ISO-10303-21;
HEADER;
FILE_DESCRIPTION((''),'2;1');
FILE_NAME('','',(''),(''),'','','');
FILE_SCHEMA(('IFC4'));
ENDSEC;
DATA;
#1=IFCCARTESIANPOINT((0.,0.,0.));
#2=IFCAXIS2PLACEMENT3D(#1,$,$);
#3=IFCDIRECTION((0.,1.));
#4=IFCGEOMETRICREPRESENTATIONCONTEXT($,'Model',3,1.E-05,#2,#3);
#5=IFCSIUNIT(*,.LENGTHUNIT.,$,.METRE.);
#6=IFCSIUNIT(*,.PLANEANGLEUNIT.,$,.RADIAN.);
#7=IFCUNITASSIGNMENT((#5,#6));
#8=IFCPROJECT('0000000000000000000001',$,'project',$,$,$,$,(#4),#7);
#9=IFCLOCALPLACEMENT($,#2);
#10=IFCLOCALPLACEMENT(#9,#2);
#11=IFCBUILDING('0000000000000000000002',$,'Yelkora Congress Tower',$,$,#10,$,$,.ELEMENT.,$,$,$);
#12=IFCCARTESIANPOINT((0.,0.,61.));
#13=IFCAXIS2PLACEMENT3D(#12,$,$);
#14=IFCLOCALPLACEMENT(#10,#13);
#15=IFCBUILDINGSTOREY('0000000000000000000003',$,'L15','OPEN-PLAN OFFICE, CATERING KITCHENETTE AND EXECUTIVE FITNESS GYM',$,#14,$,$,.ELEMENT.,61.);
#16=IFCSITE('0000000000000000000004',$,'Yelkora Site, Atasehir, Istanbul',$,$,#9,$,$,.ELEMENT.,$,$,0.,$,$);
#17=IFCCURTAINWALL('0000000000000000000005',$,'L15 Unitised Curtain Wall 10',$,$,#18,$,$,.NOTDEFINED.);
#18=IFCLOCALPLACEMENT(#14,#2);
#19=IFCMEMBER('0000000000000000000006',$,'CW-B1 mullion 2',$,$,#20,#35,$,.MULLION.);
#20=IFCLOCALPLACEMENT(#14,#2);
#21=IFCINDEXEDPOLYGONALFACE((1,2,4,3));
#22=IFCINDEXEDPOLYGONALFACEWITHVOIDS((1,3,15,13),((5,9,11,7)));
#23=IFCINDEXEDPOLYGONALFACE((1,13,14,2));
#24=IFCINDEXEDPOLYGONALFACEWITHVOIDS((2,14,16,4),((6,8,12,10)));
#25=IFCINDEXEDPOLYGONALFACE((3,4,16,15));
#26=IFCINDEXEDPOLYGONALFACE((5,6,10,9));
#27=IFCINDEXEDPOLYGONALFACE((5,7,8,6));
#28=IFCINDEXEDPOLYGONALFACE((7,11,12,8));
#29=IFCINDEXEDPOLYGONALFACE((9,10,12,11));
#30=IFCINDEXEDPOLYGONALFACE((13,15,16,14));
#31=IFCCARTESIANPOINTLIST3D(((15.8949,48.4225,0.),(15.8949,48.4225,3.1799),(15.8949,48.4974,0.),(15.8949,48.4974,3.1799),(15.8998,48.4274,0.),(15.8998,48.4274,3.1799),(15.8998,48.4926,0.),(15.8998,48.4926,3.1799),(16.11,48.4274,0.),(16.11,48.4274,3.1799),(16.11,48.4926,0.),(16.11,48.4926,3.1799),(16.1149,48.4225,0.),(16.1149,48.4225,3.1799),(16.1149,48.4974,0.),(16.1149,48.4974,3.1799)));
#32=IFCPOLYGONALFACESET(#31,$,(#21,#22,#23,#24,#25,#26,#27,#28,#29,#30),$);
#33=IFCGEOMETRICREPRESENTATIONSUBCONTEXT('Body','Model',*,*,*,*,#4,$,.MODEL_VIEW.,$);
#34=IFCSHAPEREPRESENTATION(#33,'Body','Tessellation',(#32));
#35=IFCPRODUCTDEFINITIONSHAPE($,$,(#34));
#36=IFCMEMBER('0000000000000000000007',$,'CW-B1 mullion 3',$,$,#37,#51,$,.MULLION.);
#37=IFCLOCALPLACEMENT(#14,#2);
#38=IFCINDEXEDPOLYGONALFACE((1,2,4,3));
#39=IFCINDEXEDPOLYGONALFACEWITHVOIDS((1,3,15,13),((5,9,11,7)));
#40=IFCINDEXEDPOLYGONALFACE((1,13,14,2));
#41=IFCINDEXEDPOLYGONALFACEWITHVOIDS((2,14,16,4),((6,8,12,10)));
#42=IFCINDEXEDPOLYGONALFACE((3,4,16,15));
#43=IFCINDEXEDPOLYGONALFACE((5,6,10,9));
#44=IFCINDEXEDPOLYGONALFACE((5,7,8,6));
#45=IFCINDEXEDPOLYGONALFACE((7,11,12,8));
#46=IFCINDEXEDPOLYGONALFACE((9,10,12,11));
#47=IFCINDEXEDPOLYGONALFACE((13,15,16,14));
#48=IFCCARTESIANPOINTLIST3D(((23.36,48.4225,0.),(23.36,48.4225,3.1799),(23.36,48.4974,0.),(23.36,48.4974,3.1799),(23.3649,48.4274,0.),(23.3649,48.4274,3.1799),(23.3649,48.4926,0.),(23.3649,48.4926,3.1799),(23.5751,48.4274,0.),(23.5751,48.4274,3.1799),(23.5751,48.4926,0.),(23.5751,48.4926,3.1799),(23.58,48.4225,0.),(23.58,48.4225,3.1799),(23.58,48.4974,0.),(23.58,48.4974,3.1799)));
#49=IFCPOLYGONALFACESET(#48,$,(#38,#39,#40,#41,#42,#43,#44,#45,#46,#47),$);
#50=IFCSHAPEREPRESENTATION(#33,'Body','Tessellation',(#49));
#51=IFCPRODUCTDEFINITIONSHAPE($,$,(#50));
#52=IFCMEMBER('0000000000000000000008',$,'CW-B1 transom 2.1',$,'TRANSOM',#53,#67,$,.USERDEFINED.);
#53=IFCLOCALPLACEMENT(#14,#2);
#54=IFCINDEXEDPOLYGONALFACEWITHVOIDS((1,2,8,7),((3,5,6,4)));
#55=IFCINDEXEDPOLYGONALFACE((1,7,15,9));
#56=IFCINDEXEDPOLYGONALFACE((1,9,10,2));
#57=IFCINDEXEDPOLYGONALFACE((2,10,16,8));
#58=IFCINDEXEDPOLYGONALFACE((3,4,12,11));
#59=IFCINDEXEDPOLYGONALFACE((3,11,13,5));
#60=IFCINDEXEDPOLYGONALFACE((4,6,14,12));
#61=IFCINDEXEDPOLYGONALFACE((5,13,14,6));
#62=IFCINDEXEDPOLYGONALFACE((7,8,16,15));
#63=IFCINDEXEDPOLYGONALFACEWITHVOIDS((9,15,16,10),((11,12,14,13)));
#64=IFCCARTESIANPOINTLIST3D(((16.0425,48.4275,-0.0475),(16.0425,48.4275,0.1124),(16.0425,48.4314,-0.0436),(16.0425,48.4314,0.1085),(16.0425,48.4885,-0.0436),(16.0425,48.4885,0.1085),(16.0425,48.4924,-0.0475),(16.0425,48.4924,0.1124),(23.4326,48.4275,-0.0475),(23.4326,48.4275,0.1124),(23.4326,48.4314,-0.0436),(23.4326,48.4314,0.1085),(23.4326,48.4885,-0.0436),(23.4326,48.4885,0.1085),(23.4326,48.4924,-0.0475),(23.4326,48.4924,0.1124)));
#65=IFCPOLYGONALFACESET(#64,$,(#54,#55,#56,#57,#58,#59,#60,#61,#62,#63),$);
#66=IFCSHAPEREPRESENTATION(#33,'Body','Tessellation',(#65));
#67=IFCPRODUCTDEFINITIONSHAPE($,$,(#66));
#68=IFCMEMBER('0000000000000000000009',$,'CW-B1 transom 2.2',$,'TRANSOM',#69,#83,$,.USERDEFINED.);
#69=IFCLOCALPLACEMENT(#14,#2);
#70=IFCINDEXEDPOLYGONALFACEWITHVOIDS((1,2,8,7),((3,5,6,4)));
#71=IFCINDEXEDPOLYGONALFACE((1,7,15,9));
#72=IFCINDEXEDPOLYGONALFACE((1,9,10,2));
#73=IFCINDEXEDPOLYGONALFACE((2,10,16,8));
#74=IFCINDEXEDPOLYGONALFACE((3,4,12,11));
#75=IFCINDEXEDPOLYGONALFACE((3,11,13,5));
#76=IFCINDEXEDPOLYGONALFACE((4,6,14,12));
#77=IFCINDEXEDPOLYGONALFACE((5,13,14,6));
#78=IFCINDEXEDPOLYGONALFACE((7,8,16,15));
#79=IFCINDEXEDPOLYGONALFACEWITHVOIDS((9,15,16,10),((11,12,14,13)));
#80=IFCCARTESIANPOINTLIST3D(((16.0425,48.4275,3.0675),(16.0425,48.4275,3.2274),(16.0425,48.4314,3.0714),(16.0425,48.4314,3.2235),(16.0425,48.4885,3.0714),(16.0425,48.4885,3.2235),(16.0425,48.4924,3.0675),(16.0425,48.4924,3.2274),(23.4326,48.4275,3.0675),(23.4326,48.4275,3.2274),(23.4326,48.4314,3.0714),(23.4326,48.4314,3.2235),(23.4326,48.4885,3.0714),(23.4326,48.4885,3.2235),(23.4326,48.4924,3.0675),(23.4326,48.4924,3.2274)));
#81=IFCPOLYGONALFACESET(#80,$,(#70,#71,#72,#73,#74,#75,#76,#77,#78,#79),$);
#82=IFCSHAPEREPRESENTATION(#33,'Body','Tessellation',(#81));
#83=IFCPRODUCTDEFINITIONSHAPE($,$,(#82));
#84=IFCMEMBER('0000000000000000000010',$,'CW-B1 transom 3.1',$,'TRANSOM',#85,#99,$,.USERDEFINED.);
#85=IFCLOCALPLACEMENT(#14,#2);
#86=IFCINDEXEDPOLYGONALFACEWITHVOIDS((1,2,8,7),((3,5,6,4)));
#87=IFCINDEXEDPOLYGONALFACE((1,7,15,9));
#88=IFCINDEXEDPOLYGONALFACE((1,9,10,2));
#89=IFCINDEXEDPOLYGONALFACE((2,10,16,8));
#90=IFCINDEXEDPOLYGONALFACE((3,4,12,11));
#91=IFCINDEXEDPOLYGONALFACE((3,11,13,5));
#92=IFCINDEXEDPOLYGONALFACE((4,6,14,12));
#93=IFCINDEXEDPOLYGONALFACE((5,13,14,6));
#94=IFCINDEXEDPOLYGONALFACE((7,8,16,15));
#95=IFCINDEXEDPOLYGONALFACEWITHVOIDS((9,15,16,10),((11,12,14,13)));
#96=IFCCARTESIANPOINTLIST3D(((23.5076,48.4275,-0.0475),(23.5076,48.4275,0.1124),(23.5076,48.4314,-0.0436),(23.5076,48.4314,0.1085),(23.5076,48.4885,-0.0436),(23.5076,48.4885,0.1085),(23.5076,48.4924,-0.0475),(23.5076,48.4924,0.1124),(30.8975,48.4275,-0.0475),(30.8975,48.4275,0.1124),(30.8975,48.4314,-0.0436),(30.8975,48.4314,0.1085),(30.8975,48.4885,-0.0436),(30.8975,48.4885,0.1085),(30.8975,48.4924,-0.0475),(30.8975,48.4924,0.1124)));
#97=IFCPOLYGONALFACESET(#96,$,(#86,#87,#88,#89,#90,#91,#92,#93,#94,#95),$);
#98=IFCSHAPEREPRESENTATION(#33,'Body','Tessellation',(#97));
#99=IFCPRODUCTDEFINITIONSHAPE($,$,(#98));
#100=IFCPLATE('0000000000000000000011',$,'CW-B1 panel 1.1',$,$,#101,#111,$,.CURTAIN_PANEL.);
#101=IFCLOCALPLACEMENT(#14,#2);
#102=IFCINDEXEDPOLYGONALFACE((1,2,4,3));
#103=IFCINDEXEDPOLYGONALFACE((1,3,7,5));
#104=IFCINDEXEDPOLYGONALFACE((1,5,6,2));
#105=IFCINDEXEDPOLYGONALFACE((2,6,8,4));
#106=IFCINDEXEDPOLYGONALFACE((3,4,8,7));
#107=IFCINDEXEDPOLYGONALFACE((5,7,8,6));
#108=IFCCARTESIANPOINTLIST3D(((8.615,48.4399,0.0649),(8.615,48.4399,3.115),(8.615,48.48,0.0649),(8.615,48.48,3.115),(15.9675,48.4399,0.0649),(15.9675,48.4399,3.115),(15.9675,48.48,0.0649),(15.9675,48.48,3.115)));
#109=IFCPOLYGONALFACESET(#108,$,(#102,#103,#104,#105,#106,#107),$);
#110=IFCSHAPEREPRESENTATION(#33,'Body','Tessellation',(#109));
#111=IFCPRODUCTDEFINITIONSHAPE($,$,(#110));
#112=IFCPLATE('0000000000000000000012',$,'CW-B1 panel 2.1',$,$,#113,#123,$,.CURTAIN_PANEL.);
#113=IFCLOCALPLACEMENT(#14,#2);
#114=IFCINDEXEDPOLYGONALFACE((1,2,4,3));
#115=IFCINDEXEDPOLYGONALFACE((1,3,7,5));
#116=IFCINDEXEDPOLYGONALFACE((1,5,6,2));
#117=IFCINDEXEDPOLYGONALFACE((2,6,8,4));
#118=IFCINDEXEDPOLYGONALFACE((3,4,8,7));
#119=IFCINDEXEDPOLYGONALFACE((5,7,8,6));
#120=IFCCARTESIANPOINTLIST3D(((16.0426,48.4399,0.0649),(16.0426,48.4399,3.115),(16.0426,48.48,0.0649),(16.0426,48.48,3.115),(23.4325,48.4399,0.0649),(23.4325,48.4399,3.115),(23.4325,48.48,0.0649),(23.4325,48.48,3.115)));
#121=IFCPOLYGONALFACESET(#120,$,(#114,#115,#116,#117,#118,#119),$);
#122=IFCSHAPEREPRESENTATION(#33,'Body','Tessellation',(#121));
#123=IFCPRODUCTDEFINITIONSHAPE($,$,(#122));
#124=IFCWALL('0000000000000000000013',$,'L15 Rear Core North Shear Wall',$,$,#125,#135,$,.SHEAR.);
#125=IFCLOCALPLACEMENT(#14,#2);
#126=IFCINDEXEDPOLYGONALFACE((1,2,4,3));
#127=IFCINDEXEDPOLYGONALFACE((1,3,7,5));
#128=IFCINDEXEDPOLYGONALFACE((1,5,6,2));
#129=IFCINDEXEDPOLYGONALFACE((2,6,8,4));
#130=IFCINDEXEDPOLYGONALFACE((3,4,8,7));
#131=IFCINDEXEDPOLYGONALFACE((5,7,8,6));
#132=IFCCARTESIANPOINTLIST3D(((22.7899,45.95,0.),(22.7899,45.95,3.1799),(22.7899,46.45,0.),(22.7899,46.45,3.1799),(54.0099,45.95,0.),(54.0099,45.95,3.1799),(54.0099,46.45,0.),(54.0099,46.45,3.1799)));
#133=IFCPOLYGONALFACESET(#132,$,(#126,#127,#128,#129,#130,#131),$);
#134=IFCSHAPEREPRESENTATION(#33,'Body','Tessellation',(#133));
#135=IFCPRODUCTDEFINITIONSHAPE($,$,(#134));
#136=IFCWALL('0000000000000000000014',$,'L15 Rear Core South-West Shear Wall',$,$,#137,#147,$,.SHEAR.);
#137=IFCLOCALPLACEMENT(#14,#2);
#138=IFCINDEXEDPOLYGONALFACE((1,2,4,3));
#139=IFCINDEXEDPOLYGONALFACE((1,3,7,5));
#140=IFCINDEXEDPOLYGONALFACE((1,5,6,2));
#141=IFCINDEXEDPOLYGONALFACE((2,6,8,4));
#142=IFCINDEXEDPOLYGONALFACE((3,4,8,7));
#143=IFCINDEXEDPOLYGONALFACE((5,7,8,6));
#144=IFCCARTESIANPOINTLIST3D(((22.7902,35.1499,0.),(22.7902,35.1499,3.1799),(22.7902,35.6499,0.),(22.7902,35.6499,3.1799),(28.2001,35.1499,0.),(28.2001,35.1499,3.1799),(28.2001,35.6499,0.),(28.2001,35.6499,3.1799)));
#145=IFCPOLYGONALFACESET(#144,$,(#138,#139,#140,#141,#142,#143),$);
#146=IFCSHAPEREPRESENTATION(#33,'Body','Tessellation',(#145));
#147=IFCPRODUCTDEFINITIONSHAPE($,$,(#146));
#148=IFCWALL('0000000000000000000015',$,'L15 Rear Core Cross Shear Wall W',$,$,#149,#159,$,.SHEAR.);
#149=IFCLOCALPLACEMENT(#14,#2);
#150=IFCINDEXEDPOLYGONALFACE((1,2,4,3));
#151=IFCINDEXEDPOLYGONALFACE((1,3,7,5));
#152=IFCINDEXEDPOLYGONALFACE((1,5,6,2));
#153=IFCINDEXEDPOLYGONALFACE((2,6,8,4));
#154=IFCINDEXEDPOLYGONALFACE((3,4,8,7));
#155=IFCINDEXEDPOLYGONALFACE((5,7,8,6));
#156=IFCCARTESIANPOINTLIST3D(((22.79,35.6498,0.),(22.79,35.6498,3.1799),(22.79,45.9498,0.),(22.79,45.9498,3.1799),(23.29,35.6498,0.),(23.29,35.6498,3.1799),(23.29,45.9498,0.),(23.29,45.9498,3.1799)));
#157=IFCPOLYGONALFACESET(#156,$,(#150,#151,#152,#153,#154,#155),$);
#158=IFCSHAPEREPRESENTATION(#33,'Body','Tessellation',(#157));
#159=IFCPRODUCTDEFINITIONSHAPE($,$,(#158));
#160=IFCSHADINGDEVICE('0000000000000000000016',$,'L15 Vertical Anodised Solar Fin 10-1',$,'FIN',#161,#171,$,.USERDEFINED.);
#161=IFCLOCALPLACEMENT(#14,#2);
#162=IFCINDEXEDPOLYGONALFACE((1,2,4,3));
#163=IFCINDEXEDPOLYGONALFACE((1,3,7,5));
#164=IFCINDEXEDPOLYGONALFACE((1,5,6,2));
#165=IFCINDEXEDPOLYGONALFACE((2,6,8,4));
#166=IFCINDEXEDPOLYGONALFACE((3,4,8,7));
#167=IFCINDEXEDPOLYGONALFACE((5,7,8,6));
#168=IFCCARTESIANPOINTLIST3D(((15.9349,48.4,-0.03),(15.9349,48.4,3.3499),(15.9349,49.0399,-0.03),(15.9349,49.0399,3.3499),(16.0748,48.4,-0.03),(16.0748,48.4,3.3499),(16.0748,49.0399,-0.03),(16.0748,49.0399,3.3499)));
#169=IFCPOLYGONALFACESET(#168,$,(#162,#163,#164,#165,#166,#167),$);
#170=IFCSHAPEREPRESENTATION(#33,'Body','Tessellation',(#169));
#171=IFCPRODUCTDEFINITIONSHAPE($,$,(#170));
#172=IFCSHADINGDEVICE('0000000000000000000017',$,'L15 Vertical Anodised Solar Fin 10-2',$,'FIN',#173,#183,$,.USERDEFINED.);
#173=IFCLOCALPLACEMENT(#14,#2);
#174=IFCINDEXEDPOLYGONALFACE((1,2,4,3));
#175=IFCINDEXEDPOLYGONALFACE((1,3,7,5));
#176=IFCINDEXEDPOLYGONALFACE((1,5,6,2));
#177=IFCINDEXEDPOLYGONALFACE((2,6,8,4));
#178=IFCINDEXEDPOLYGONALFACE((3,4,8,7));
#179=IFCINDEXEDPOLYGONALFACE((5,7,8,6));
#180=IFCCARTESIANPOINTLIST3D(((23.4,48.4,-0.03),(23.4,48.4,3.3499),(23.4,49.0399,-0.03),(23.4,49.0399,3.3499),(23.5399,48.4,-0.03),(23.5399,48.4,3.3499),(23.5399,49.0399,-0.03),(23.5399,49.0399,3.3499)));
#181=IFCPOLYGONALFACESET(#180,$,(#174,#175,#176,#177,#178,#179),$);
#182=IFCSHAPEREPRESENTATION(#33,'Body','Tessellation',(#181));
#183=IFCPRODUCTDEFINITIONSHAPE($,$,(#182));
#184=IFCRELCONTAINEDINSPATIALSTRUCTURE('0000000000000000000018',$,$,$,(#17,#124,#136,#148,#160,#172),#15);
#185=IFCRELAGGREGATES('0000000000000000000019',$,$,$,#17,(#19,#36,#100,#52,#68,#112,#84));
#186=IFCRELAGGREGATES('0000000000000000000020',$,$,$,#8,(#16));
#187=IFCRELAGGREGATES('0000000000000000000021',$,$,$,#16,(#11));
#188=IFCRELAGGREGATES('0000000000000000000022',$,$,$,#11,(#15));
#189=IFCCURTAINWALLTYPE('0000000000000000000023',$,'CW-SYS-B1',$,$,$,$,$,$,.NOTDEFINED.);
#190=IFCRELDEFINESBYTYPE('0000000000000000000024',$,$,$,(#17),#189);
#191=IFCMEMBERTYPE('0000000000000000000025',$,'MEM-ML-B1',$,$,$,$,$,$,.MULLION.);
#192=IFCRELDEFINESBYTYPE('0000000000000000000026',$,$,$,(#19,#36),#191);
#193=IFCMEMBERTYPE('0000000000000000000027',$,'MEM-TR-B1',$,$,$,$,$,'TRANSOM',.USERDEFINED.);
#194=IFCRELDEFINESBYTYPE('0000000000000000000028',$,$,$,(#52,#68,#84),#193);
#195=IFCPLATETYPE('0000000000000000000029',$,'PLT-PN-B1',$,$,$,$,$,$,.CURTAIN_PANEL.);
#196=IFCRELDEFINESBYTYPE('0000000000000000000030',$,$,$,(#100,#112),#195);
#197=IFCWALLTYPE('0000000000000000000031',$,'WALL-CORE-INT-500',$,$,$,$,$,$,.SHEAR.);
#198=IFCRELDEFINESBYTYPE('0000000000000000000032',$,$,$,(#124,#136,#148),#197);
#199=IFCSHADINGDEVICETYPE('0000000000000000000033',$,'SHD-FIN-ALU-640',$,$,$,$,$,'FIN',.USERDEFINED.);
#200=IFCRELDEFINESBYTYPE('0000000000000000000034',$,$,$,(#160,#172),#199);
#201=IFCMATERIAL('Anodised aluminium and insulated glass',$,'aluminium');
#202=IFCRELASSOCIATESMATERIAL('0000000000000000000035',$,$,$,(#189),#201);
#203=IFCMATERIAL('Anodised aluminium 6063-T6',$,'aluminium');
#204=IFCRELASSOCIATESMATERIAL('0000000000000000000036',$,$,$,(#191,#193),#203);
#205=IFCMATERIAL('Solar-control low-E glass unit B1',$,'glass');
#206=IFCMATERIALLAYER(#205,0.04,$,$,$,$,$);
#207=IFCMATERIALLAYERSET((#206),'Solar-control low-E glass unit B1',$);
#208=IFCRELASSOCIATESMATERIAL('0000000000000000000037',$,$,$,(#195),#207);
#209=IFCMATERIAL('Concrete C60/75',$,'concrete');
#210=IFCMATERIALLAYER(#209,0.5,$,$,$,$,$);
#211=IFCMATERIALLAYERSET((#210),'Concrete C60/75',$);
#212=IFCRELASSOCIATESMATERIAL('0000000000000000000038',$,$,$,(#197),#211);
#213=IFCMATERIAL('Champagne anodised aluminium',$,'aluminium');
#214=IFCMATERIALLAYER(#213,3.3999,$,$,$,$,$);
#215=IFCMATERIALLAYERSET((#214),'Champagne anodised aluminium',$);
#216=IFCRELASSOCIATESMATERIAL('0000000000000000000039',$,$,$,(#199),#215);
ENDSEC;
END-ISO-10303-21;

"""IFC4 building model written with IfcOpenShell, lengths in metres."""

from ifc_helpers import new_model, si_unit, direction, frame, frame_2d, origin, origin_2d, place, context, subcontext, project, spatial, rectangle, hollow_rectangle, extrude, material, layer, layer_set, material_profile, profile_set, type_object, element, aggregate, save


model = new_model("IFC4")

# Units and contexts
model_context = context("Model", 3, precision=1e-05, world=origin(), true_north=direction((0.0, 1.0)))
body_context = subcontext(model_context, "Body", "Model", "MODEL_VIEW")
ifc_project = project(units=[si_unit("LENGTHUNIT", "METRE"), si_unit("PLANEANGLEUNIT", "RADIAN")], contexts=[model_context])

# Site, building, storey
site_placement = place(None, origin())
site = spatial("IfcSite", under=ifc_project, at=site_placement, Name="Yelkora Site, Atasehir, Istanbul", CompositionType="ELEMENT", RefElevation=0.0)
building_placement = place(site_placement, origin())
building = spatial("IfcBuilding", under=site, at=building_placement, Name="Yelkora Congress Tower", CompositionType="ELEMENT")
storey_placement = place(building_placement, frame((0.0, 0.0, 61.0)))
storey = spatial("IfcBuildingStorey", under=building, at=storey_placement, Name="L15", Description="OPEN-PLAN OFFICE, CATERING KITCHENETTE AND EXECUTIVE FITNESS GYM", CompositionType="ELEMENT", Elevation=61.0)

# Shared definitions
ifc_material_1 = material(Name="Concrete C60/75", Category="concrete")

# Curtain wall, members, plates
ifc_material_2 = material(Name="Anodised aluminium and insulated glass", Category="aluminium")
curtain_wall_type = type_object("IfcCurtainWallType", Name="CW-SYS-B1", PredefinedType="NOTDEFINED", material=ifc_material_2)
curtain_wall_placement = place(storey_placement, origin())
curtain_wall = element("IfcCurtainWall", 1, at=curtain_wall_placement, inside=storey, type_object=curtain_wall_type, Name="L15 Unitised Curtain Wall 10", PredefinedType="NOTDEFINED")
ifc_material_3 = material(Name="Anodised aluminium 6063-T6", Category="aluminium")
ifc_material_profile_1 = material_profile(ifc_material_3, hollow_rectangle(XDim=0.075, YDim=0.22, WallThickness=0.0049, at=origin_2d()), Name="ALU 75x220x5")
ifc_profile_set_1 = profile_set([ifc_material_profile_1], Name="Anodised aluminium 6063-T6")
member_type_1 = type_object("IfcMemberType", Name="MEM-ML-B1", PredefinedType="MULLION", material=ifc_profile_set_1)
member_1_placement = place(storey_placement, frame((16.0049, 48.46, 0.0), z_axis=(0.0, 0.0, 1.0), x_axis=(0.0, 1.0, 0.0)))
member_1 = element("IfcMember", 2, at=member_1_placement, type_object=member_type_1, Name="CW-B1 mullion 2", PredefinedType="MULLION", context=body_context, shape_type="SweptSolid", body=[
    extrude(hollow_rectangle(XDim=0.075, YDim=0.22, WallThickness=0.0049, at=origin_2d()), origin(), (0.0, 0.0, 1.0), 3.1799),
])
member_2_placement = place(storey_placement, frame((23.47, 48.46, 0.0), z_axis=(0.0, 0.0, 1.0), x_axis=(0.0, 1.0, 0.0)))
member_2 = element("IfcMember", 3, at=member_2_placement, type_object=member_type_1, Name="CW-B1 mullion 3", PredefinedType="MULLION", context=body_context, shape_type="SweptSolid", body=[
    extrude(hollow_rectangle(XDim=0.075, YDim=0.22, WallThickness=0.0049, at=origin_2d()), origin(), (0.0, 0.0, 1.0), 3.1799),
])
ifc_material_profile_2 = material_profile(ifc_material_3, hollow_rectangle(XDim=0.0649, YDim=0.1599, WallThickness=0.0039, at=origin_2d()), Name="ALU 65x160x4")
ifc_profile_set_2 = profile_set([ifc_material_profile_2], Name="Anodised aluminium 6063-T6")
member_type_2 = type_object("IfcMemberType", Name="MEM-TR-B1", ElementType="TRANSOM", PredefinedType="USERDEFINED", material=ifc_profile_set_2)
member_3_placement = place(storey_placement, frame((16.0425, 48.46, 0.0325), z_axis=(1.0, 0.0, 0.0), x_axis=(0.0, 1.0, 0.0)))
member_3 = element("IfcMember", 4, at=member_3_placement, type_object=member_type_2, Name="CW-B1 transom 2.1", ObjectType="TRANSOM", PredefinedType="USERDEFINED", context=body_context, shape_type="SweptSolid", body=[
    extrude(hollow_rectangle(XDim=0.0649, YDim=0.1599, WallThickness=0.0039, at=origin_2d()), origin(), (0.0, 0.0, 1.0), 7.3901),
])
member_4_placement = place(storey_placement, frame((16.0425, 48.46, 3.1475), z_axis=(1.0, 0.0, 0.0), x_axis=(0.0, 1.0, 0.0)))
member_4 = element("IfcMember", 5, at=member_4_placement, type_object=member_type_2, Name="CW-B1 transom 2.2", ObjectType="TRANSOM", PredefinedType="USERDEFINED", context=body_context, shape_type="SweptSolid", body=[
    extrude(hollow_rectangle(XDim=0.0649, YDim=0.1599, WallThickness=0.0039, at=origin_2d()), origin(), (0.0, 0.0, 1.0), 7.3901),
])
member_5_placement = place(storey_placement, frame((23.5076, 48.46, 0.0325), z_axis=(1.0, 0.0, 0.0), x_axis=(0.0, 1.0, 0.0)))
member_5 = element("IfcMember", 6, at=member_5_placement, type_object=member_type_2, Name="CW-B1 transom 3.1", ObjectType="TRANSOM", PredefinedType="USERDEFINED", context=body_context, shape_type="SweptSolid", body=[
    extrude(hollow_rectangle(XDim=0.0649, YDim=0.1599, WallThickness=0.0039, at=origin_2d()), origin(), (0.0, 0.0, 1.0), 7.3899),
])
ifc_material_4 = material(Name="Solar-control low-E glass unit B1", Category="glass")
ifc_layer_1 = layer(ifc_material_4, 0.04)
ifc_layer_set_1 = layer_set([ifc_layer_1], Name="Solar-control low-E glass unit B1")
plate_type = type_object("IfcPlateType", Name="PLT-PN-B1", PredefinedType="CURTAIN_PANEL", material=ifc_layer_set_1)
plate_1_placement = place(storey_placement, frame((12.2913, 48.46, 0.0649), z_axis=(0.0, 0.0, 1.0), x_axis=(1.0, 0.0, 0.0)))
plate_1 = element("IfcPlate", 7, at=plate_1_placement, type_object=plate_type, Name="CW-B1 panel 1.1", PredefinedType="CURTAIN_PANEL", context=body_context, shape_type="SweptSolid", body=[
    extrude(rectangle(XDim=7.3525, YDim=0.04, at=origin_2d()), origin(), (0.0, 0.0, 1.0), 3.05),
])
plate_2_placement = place(storey_placement, frame((19.7375, 48.46, 0.0649), z_axis=(0.0, 0.0, 1.0), x_axis=(1.0, 0.0, 0.0)))
plate_2 = element("IfcPlate", 8, at=plate_2_placement, type_object=plate_type, Name="CW-B1 panel 2.1", PredefinedType="CURTAIN_PANEL", context=body_context, shape_type="SweptSolid", body=[
    extrude(rectangle(XDim=7.3899, YDim=0.04, at=origin_2d()), origin(), (0.0, 0.0, 1.0), 3.05),
])
aggregate(curtain_wall, [member_1, member_2, plate_1, member_3, member_4, plate_2, member_5])

# Walls
ifc_layer_2 = layer(ifc_material_1, 0.5)
ifc_layer_set_2 = layer_set([ifc_layer_2], Name="Concrete C60/75")
wall_type_1 = type_object("IfcWallType", Name="WALL-CORE-INT-500", PredefinedType="SHEAR", material=ifc_layer_set_2)
wall_1_placement = place(storey_placement, frame((22.79, 46.2, 0.0), z_axis=(0.0, 0.0, 1.0), x_axis=(1.0, 0.0, 0.0)))
element("IfcWall", 9, at=wall_1_placement, inside=storey, type_object=wall_type_1, Name="L15 Rear Core North Shear Wall", PredefinedType="SHEAR", context=body_context, shape_type="SweptSolid", body=[
    extrude(rectangle(XDim=31.22, YDim=0.5, at=frame_2d((15.6099, 0.0))), origin(), (0.0, 0.0, 1.0), 3.1799),
])
wall_2_placement = place(storey_placement, frame((22.79, 35.3999, 0.0), z_axis=(0.0, 0.0, 1.0), x_axis=(1.0, 0.0, 0.0)))
element("IfcWall", 10, at=wall_2_placement, inside=storey, type_object=wall_type_1, Name="L15 Rear Core South-West Shear Wall", PredefinedType="SHEAR", context=body_context, shape_type="SweptSolid", body=[
    extrude(rectangle(XDim=5.4099, YDim=0.5, at=frame_2d((2.7051, 0.0))), origin(), (0.0, 0.0, 1.0), 3.1799),
])
wall_3_placement = place(storey_placement, frame((23.04, 35.6499, 0.0), z_axis=(0.0, 0.0, 1.0), x_axis=(0.0, 1.0, 0.0)))
element("IfcWall", 11, at=wall_3_placement, inside=storey, type_object=wall_type_1, Name="L15 Rear Core Cross Shear Wall W", PredefinedType="SHEAR", context=body_context, shape_type="SweptSolid", body=[
    extrude(rectangle(XDim=10.3, YDim=0.5, at=frame_2d((5.1499, 0.0))), origin(), (0.0, 0.0, 1.0), 3.1799),
])

# Shading devices
ifc_material_5 = material(Name="Champagne anodised aluminium", Category="aluminium")
ifc_layer_3 = layer(ifc_material_5, 3.3999)
ifc_layer_set_3 = layer_set([ifc_layer_3], Name="Champagne anodised aluminium")
shading_device_type = type_object("IfcShadingDeviceType", Name="SHD-FIN-ALU-640", ElementType="FIN", PredefinedType="USERDEFINED", material=ifc_layer_set_3)
for number, where, z_axis, x_axis, name in (
    (12, (16.0049, 48.72, -0.03), (0.0, 0.0, 1.0), (1.0, 0.0, 0.0), "L15 Vertical Anodised Solar Fin 10-1"),
    (13, (23.47, 48.72, -0.03), (0.0, 0.0, 1.0), (1.0, 0.0, 0.0), "L15 Vertical Anodised Solar Fin 10-2"),
):
    element("IfcShadingDevice", number, at=place(storey_placement, frame(where, z_axis=z_axis, x_axis=x_axis)), inside=storey, type_object=shading_device_type, Name=name, ObjectType="FIN", PredefinedType="USERDEFINED", context=body_context, shape_type="SweptSolid", body=[
        extrude(rectangle(XDim=0.1399, YDim=0.6399, at=origin_2d()), origin(), (0.0, 0.0, 1.0), 3.3799),
    ])

save(model, "model.ifc")
